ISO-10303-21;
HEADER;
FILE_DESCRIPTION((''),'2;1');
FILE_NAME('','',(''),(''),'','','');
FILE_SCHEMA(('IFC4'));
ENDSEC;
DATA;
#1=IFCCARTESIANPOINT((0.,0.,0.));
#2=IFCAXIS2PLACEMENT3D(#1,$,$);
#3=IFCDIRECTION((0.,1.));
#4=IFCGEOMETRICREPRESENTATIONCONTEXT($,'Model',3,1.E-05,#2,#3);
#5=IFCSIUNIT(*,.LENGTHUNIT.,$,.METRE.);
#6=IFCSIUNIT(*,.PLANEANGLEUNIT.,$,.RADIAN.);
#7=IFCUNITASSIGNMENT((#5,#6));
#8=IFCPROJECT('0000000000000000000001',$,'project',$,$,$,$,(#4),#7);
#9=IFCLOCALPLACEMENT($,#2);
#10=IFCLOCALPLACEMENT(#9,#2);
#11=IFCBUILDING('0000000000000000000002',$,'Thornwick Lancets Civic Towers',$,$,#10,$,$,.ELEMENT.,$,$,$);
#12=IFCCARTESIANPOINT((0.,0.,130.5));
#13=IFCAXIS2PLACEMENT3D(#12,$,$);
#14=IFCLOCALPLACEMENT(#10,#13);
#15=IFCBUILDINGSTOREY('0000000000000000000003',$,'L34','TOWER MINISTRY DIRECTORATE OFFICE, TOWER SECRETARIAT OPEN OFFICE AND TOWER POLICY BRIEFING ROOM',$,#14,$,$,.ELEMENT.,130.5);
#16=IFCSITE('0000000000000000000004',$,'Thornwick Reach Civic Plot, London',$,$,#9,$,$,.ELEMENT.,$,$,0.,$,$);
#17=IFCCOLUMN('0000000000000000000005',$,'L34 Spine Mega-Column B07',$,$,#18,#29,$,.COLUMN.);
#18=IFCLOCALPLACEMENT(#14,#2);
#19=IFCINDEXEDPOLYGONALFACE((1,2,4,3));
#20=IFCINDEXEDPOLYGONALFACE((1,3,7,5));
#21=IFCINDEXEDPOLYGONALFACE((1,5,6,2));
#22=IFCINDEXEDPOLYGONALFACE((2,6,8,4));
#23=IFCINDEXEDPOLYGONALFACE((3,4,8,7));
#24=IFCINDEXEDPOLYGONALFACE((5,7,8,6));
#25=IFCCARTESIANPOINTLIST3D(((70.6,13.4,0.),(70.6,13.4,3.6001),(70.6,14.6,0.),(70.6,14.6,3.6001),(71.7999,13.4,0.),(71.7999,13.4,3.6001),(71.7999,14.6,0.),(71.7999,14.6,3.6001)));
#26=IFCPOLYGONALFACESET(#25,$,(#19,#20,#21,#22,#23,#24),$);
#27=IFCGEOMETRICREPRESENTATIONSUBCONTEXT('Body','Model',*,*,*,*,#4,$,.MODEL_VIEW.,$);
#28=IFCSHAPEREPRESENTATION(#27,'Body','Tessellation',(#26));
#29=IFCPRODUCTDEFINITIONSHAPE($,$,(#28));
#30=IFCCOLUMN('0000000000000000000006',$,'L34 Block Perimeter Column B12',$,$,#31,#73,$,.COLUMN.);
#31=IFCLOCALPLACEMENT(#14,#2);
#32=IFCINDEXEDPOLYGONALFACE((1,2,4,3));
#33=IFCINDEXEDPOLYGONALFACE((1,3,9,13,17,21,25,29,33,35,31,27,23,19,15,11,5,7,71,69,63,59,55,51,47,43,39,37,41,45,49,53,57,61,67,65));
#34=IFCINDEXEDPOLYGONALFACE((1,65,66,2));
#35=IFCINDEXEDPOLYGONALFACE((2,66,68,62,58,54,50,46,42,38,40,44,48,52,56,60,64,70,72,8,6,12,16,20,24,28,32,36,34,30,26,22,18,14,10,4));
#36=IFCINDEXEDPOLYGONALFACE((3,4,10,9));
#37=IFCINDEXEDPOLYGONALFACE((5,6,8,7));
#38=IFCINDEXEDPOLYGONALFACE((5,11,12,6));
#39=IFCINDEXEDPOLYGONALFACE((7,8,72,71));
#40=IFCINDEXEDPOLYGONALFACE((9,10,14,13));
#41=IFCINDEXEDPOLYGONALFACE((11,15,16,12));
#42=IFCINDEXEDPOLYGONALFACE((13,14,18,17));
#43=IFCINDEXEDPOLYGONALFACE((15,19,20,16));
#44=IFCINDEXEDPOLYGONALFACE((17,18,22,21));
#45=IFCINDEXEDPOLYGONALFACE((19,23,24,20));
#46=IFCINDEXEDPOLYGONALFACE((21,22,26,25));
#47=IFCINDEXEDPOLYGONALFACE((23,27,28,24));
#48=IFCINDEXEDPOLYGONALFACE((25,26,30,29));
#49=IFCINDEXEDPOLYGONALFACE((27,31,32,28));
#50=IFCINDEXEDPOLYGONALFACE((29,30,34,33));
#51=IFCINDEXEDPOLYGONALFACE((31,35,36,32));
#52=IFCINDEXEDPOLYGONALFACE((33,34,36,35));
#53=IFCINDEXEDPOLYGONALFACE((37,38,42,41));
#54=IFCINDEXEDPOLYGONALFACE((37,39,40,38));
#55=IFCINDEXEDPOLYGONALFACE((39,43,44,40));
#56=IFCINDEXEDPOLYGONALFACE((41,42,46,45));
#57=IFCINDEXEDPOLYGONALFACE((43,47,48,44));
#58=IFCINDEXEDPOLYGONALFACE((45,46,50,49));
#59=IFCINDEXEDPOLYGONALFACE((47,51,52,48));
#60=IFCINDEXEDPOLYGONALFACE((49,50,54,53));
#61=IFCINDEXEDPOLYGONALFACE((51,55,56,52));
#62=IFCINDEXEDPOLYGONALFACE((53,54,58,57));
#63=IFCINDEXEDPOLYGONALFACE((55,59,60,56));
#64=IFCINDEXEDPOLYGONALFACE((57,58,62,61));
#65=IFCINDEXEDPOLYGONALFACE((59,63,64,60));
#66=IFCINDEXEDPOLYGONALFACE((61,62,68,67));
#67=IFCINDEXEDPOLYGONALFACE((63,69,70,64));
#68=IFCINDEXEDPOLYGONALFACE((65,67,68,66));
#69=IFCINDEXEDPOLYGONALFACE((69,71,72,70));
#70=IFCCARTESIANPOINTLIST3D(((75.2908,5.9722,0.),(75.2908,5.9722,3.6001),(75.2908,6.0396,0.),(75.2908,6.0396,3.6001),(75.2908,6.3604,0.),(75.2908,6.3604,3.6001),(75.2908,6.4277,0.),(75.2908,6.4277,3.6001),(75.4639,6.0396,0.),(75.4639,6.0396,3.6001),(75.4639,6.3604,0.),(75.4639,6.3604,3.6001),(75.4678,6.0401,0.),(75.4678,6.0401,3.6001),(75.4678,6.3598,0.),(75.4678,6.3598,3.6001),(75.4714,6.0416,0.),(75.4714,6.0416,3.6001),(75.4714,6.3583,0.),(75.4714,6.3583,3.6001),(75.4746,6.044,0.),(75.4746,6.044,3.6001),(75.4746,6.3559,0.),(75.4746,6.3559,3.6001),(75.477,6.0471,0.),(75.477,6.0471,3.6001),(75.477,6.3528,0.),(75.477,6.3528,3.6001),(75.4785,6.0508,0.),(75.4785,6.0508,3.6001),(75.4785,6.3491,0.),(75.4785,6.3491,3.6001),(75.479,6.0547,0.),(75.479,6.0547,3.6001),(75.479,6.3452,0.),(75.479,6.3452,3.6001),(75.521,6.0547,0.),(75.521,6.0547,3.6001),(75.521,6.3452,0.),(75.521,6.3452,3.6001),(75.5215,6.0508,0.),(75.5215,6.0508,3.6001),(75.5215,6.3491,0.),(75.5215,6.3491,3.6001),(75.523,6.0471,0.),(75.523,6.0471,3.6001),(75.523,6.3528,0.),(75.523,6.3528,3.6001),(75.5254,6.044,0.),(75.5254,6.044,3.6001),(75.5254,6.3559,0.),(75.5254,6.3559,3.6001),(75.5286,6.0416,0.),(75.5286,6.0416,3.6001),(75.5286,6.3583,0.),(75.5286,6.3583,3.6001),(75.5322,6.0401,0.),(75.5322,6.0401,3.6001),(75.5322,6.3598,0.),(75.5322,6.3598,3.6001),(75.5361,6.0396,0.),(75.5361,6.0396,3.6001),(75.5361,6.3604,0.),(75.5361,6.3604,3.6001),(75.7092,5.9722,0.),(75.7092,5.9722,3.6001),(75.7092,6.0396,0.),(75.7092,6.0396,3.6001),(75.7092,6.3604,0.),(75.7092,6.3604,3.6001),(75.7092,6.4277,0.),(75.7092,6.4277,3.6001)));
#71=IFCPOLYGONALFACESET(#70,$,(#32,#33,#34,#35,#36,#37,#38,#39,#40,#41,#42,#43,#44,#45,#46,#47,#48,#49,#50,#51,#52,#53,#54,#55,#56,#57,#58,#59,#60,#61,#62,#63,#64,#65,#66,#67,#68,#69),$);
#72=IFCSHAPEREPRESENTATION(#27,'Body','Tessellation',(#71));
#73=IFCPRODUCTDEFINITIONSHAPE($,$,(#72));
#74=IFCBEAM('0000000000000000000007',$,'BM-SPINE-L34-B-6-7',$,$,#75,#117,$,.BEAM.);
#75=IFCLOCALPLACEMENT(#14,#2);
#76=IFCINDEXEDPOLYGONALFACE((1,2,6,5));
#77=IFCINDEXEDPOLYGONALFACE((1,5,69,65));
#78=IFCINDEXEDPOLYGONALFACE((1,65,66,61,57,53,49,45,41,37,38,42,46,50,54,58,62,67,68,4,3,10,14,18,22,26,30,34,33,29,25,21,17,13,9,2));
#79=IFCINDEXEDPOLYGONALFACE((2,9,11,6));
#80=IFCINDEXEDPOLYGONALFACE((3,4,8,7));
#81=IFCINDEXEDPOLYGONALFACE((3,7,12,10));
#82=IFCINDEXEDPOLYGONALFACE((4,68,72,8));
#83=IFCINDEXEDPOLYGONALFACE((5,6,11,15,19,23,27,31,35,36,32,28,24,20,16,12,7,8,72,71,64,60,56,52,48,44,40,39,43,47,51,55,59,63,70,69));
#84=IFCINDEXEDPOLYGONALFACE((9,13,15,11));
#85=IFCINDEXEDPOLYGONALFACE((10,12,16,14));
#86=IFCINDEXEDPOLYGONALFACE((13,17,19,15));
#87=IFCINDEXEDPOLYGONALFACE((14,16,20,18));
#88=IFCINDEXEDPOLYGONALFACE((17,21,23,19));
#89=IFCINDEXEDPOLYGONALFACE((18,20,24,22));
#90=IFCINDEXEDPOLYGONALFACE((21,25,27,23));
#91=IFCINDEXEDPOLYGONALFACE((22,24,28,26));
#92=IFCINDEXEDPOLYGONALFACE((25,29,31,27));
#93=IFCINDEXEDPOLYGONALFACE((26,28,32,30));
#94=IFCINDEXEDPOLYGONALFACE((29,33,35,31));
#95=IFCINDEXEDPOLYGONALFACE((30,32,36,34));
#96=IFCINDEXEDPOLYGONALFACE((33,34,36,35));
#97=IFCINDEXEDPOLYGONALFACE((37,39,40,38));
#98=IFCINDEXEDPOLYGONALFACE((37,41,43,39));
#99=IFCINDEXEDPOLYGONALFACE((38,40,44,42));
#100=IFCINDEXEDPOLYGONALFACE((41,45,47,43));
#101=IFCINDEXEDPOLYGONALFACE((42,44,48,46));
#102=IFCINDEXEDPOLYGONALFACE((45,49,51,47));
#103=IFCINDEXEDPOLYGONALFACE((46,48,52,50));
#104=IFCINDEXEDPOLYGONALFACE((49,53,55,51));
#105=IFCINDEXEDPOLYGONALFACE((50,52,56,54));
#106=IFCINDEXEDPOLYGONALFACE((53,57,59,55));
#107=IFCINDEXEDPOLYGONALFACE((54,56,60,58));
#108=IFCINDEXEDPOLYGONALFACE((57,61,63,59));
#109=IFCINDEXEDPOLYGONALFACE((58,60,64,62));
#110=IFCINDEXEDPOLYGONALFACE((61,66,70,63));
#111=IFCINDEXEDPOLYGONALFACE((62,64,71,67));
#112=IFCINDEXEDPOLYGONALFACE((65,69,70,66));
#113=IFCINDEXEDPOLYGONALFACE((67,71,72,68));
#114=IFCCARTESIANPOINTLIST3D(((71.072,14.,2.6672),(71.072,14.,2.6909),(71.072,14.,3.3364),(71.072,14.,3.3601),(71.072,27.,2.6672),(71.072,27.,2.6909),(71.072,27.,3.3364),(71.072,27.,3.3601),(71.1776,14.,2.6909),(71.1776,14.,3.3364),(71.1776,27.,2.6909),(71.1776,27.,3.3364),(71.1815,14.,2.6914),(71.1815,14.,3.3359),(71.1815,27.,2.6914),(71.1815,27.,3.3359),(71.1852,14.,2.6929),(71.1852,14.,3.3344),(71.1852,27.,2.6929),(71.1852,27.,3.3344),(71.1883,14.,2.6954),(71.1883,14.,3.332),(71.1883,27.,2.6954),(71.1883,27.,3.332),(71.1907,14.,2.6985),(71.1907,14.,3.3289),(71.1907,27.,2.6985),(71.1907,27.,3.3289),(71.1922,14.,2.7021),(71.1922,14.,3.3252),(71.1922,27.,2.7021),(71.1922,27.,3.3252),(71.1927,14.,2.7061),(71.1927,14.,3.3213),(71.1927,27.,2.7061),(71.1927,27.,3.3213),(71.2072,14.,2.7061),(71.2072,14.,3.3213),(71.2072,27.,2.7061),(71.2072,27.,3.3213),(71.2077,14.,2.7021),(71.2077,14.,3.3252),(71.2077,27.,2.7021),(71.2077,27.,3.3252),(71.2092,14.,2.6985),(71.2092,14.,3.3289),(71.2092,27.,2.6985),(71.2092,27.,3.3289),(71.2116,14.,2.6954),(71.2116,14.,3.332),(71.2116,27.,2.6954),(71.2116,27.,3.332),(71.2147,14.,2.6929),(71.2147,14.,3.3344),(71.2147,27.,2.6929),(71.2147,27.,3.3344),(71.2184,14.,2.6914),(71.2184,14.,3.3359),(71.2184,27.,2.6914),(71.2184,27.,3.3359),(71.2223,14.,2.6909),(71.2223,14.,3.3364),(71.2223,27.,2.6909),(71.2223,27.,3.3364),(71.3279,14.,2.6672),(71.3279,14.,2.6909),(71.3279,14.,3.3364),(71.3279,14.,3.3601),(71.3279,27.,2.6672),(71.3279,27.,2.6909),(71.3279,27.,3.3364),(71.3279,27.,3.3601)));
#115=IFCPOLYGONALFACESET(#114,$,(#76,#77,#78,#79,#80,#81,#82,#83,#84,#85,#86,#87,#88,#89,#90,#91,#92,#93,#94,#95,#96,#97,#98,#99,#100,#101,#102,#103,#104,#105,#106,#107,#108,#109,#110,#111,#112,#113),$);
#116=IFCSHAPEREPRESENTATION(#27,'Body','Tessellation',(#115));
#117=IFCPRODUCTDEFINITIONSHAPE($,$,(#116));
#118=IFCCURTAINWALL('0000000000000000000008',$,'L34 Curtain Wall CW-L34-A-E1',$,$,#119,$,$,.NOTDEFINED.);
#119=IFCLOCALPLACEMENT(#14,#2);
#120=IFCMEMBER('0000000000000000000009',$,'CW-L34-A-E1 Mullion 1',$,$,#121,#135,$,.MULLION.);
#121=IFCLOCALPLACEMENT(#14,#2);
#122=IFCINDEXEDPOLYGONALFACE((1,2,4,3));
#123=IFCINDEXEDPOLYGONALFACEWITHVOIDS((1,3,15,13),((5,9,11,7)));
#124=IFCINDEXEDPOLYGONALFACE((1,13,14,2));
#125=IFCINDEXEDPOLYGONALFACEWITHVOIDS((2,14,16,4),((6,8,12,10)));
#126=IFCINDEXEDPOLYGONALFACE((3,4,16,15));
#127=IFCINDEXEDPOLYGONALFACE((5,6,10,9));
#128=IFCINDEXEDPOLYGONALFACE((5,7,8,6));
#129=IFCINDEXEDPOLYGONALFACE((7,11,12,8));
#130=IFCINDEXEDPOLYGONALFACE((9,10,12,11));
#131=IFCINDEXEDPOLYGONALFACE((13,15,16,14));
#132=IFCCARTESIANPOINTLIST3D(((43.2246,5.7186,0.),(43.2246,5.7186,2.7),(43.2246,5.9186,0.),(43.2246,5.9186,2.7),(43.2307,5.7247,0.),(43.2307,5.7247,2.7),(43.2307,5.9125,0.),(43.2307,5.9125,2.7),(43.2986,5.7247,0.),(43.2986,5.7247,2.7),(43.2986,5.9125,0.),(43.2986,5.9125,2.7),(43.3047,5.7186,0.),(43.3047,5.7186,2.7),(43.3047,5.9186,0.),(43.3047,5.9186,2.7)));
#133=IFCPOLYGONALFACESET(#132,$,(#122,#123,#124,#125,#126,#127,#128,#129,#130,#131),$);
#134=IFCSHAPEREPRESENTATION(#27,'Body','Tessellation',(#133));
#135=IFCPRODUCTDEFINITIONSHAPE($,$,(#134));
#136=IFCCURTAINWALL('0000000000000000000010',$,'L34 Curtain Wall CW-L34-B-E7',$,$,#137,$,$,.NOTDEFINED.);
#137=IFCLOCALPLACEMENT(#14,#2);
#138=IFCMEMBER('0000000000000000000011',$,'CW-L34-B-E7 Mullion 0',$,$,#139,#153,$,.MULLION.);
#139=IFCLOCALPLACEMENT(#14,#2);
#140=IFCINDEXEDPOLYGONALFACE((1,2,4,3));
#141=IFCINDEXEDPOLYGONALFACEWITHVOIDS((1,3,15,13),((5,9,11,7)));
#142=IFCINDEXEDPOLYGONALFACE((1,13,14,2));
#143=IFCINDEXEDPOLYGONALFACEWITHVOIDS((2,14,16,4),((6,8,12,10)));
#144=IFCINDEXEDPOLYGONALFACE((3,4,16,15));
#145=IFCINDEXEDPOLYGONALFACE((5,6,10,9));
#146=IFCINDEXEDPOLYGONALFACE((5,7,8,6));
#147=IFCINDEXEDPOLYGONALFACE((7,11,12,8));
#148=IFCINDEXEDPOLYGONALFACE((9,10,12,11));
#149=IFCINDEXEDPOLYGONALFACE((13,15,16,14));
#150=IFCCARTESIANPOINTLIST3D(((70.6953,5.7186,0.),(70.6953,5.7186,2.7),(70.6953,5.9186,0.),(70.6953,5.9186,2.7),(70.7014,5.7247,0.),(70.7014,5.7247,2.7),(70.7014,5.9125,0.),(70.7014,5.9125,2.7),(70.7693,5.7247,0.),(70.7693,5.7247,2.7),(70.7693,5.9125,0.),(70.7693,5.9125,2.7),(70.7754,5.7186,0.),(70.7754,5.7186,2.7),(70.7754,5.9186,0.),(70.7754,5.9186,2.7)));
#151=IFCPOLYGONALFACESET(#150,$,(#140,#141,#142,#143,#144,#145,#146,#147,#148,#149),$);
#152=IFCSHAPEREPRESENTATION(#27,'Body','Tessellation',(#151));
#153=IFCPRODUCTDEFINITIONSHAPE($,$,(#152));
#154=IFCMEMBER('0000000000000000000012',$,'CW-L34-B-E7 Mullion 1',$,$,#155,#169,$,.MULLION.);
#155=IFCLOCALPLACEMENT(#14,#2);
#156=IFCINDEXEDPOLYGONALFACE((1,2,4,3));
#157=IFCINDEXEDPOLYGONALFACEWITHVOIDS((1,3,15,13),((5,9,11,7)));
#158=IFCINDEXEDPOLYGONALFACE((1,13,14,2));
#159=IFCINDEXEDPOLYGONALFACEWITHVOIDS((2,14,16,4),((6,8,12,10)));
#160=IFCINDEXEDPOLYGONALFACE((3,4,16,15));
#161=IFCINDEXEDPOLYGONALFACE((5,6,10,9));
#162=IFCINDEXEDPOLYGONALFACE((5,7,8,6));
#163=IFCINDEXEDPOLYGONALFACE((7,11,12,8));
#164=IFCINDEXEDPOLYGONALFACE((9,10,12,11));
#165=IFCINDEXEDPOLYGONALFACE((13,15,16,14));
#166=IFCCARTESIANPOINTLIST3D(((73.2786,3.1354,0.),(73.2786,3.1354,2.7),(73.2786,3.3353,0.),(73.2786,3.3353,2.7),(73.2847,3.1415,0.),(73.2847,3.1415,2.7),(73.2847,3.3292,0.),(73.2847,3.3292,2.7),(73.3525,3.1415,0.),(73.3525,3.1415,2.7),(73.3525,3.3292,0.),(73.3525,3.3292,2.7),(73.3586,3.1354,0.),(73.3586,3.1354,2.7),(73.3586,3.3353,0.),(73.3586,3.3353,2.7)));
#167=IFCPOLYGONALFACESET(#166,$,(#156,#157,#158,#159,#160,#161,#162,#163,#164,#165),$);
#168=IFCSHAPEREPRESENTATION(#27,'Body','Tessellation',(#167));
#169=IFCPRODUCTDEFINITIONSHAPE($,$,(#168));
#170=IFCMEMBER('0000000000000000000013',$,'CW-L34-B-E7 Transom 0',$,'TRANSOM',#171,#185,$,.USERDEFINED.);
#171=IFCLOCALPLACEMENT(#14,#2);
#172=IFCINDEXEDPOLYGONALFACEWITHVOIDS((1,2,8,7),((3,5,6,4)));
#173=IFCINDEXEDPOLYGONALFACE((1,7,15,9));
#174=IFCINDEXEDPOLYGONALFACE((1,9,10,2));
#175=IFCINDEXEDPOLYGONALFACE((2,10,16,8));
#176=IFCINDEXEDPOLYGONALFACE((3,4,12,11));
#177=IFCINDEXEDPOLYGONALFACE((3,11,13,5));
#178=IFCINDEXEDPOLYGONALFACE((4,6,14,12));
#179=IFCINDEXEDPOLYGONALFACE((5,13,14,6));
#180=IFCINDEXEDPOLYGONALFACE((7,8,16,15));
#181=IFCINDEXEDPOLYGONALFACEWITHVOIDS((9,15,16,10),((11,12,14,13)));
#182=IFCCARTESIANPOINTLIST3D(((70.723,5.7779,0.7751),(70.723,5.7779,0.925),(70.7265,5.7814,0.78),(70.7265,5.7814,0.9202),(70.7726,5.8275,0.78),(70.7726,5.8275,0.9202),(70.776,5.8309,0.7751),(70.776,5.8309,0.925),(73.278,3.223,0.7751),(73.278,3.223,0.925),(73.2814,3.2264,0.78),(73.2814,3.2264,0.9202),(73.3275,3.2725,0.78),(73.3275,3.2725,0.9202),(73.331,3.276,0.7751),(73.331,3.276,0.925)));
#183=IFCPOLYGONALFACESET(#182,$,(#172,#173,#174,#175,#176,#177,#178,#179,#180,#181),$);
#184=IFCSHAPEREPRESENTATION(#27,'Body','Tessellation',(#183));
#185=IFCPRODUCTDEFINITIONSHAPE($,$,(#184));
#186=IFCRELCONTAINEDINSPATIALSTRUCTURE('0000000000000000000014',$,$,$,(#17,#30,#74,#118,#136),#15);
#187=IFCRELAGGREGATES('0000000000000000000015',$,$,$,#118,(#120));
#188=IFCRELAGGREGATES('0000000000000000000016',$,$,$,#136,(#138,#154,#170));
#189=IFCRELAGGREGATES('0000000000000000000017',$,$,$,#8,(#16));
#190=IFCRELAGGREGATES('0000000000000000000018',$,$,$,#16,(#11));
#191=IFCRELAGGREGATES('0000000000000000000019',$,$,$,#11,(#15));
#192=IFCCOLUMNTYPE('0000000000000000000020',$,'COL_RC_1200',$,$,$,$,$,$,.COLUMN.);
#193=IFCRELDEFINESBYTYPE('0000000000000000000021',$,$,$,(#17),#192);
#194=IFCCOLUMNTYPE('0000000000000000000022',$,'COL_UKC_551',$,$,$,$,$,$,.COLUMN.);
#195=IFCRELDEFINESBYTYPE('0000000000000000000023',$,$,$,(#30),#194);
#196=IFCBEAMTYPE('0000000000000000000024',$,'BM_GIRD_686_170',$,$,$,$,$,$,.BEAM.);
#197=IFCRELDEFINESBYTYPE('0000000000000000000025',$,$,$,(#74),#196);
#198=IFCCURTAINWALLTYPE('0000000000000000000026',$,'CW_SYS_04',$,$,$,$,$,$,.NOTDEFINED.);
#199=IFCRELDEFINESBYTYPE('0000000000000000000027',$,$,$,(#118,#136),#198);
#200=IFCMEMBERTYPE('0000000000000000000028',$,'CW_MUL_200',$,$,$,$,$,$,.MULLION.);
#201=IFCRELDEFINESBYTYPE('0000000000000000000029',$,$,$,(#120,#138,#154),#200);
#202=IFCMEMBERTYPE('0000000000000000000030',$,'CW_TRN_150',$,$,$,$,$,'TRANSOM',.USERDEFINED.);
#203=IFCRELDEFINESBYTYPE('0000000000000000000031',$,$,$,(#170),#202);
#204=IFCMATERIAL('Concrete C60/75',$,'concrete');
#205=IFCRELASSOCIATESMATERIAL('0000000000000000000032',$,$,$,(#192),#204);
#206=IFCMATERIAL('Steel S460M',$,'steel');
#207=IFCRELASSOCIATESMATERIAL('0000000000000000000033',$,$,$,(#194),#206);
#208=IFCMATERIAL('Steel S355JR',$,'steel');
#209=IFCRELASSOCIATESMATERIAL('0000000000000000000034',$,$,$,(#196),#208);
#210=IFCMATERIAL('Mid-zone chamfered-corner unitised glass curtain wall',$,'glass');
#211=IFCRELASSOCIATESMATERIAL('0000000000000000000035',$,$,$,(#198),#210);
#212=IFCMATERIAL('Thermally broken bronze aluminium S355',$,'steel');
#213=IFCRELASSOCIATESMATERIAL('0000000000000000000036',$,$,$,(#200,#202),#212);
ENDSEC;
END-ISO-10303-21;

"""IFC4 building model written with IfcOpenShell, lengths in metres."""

from ifc_helpers import new_model, si_unit, direction, frame, origin, origin_2d, place, context, subcontext, project, spatial, rectangle, hollow_rectangle, i_section, extrude, material, material_profile, profile_set, type_object, element, aggregate, save


model = new_model("IFC4")

# Units and contexts
model_context = context("Model", 3, precision=1e-05, world=origin(), true_north=direction((0.0, 1.0)))
body_context = subcontext(model_context, "Body", "Model", "MODEL_VIEW")
ifc_project = project(units=[si_unit("LENGTHUNIT", "METRE"), si_unit("PLANEANGLEUNIT", "RADIAN")], contexts=[model_context])

# Site, building, storey
site_placement = place(None, origin())
site = spatial("IfcSite", under=ifc_project, at=site_placement, Name="Thornwick Reach Civic Plot, London", CompositionType="ELEMENT", RefElevation=0.0)
building_placement = place(site_placement, origin())
building = spatial("IfcBuilding", under=site, at=building_placement, Name="Thornwick Lancets Civic Towers", CompositionType="ELEMENT")
storey_placement = place(building_placement, frame((0.0, 0.0, 130.5)))
storey = spatial("IfcBuildingStorey", under=building, at=storey_placement, Name="L34", Description="TOWER MINISTRY DIRECTORATE OFFICE, TOWER SECRETARIAT OPEN OFFICE AND TOWER POLICY BRIEFING ROOM", CompositionType="ELEMENT", Elevation=130.5)

# Columns
ifc_material_1 = material(Name="Concrete C60/75", Category="concrete")
ifc_material_profile_1 = material_profile(ifc_material_1, rectangle(XDim=1.2, YDim=1.2, at=origin_2d()), Name="RC 1200x1200")
ifc_profile_set_1 = profile_set([ifc_material_profile_1], Name="Concrete C60/75")
column_type_1 = type_object("IfcColumnType", Name="COL_RC_1200", PredefinedType="COLUMN", material=ifc_profile_set_1)
column_1_placement = place(storey_placement, frame((71.2, 14.0, 0.0), z_axis=(0.0, 0.0, 1.0), x_axis=(1.0, 0.0, 0.0)))
element("IfcColumn", 1, at=column_1_placement, inside=storey, type_object=column_type_1, Name="L34 Spine Mega-Column B07", PredefinedType="COLUMN", context=body_context, shape_type="SweptSolid", body=[
    extrude(rectangle(XDim=1.2, YDim=1.2, at=origin_2d()), origin(), (0.0, 0.0, 1.0), 3.6001),
])
ifc_material_2 = material(Name="Steel S460M", Category="steel")
ifc_material_profile_2 = material_profile(ifc_material_2, i_section(OverallWidth=0.4185, OverallDepth=0.4556, WebThickness=0.042, FlangeThickness=0.0674, FilletRadius=0.0151, at=origin_2d()), Name="UKC 356x406x551")
ifc_profile_set_2 = profile_set([ifc_material_profile_2], Name="Steel S460M")
column_type_2 = type_object("IfcColumnType", Name="COL_UKC_551", PredefinedType="COLUMN", material=ifc_profile_set_2)
column_2_placement = place(storey_placement, frame((75.5, 6.2, 0.0), z_axis=(0.0, 0.0, 1.0), x_axis=(1.0, 0.0, 0.0)))
element("IfcColumn", 2, at=column_2_placement, inside=storey, type_object=column_type_2, Name="L34 Block Perimeter Column B12", PredefinedType="COLUMN", context=body_context, shape_type="SweptSolid", body=[
    extrude(i_section(OverallWidth=0.4185, OverallDepth=0.4556, WebThickness=0.042, FlangeThickness=0.0674, FilletRadius=0.0151, at=origin_2d()), origin(), (0.0, 0.0, 1.0), 3.6001),
])

# Beam
ifc_material_3 = material(Name="Steel S355JR", Category="steel")
ifc_material_profile_3 = material_profile(ifc_material_3, i_section(OverallWidth=0.2559, OverallDepth=0.6929, WebThickness=0.0144, FlangeThickness=0.0237, FilletRadius=0.0151, at=origin_2d()), Name="UKB 686x254x170")
ifc_profile_set_3 = profile_set([ifc_material_profile_3], Name="Steel S355JR")
beam_type = type_object("IfcBeamType", Name="BM_GIRD_686_170", PredefinedType="BEAM", material=ifc_profile_set_3)
beam_placement = place(storey_placement, frame((71.2, 14.0, 3.0137), z_axis=(0.0, 1.0, 0.0), x_axis=(-1.0, 0.0, 0.0)))
element("IfcBeam", 3, at=beam_placement, inside=storey, type_object=beam_type, Name="BM-SPINE-L34-B-6-7", PredefinedType="BEAM", context=body_context, shape_type="SweptSolid", body=[
    extrude(i_section(OverallWidth=0.2559, OverallDepth=0.6929, WebThickness=0.0144, FlangeThickness=0.0237, FilletRadius=0.0151, at=origin_2d()), origin(), (0.0, 0.0, 1.0), 13.0),
])

# Curtain wall, member
ifc_material_4 = material(Name="Mid-zone chamfered-corner unitised glass curtain wall", Category="glass")
curtain_wall_type = type_object("IfcCurtainWallType", Name="CW_SYS_04", PredefinedType="NOTDEFINED", material=ifc_material_4)
curtain_wall_1_placement = place(storey_placement, origin())
curtain_wall_1 = element("IfcCurtainWall", 4, at=curtain_wall_1_placement, inside=storey, type_object=curtain_wall_type, Name="L34 Curtain Wall CW-L34-A-E1", PredefinedType="NOTDEFINED")
ifc_material_5 = material(Name="Thermally broken bronze aluminium S355", Category="steel")
ifc_material_profile_4 = material_profile(ifc_material_5, hollow_rectangle(XDim=0.0801, YDim=0.2, WallThickness=0.0061, at=origin_2d()), Name="RHS 200x80x6")
ifc_profile_set_4 = profile_set([ifc_material_profile_4], Name="Thermally broken bronze aluminium S355")
member_type_1 = type_object("IfcMemberType", Name="CW_MUL_200", PredefinedType="MULLION", material=ifc_profile_set_4)
member_1_placement = place(storey_placement, frame((43.2646, 5.8186, 0.0), z_axis=(0.0, 0.0, 1.0), x_axis=(1.0, 0.0, 0.0)))
member_1 = element("IfcMember", 5, at=member_1_placement, type_object=member_type_1, Name="CW-L34-A-E1 Mullion 1", PredefinedType="MULLION", context=body_context, shape_type="SweptSolid", body=[
    extrude(hollow_rectangle(XDim=0.0801, YDim=0.2, WallThickness=0.0061, at=origin_2d()), origin(), (0.0, 0.0, 1.0), 2.7),
])
aggregate(curtain_wall_1, [member_1])

# Curtain wall, members
curtain_wall_2_placement = place(storey_placement, origin())
curtain_wall_2 = element("IfcCurtainWall", 6, at=curtain_wall_2_placement, inside=storey, type_object=curtain_wall_type, Name="L34 Curtain Wall CW-L34-B-E7", PredefinedType="NOTDEFINED")
member_2_placement = place(storey_placement, frame((70.7354, 5.8186, 0.0), z_axis=(0.0, 0.0, 1.0), x_axis=(1.0, 0.0, 0.0)))
member_2 = element("IfcMember", 7, at=member_2_placement, type_object=member_type_1, Name="CW-L34-B-E7 Mullion 0", PredefinedType="MULLION", context=body_context, shape_type="SweptSolid", body=[
    extrude(hollow_rectangle(XDim=0.0801, YDim=0.2, WallThickness=0.0061, at=origin_2d()), origin(), (0.0, 0.0, 1.0), 2.7),
])
member_3_placement = place(storey_placement, frame((73.3186, 3.2354, 0.0), z_axis=(0.0, 0.0, 1.0), x_axis=(1.0, 0.0, 0.0)))
member_3 = element("IfcMember", 8, at=member_3_placement, type_object=member_type_1, Name="CW-L34-B-E7 Mullion 1", PredefinedType="MULLION", context=body_context, shape_type="SweptSolid", body=[
    extrude(hollow_rectangle(XDim=0.0801, YDim=0.2, WallThickness=0.0061, at=origin_2d()), origin(), (0.0, 0.0, 1.0), 2.7),
])
ifc_material_profile_5 = material_profile(ifc_material_5, hollow_rectangle(XDim=0.075, YDim=0.1499, WallThickness=0.0049, at=origin_2d()), Name="RHS 150x75x5")
ifc_profile_set_5 = profile_set([ifc_material_profile_5], Name="Thermally broken bronze aluminium S355")
member_type_2 = type_object("IfcMemberType", Name="CW_TRN_150", ElementType="TRANSOM", PredefinedType="USERDEFINED", material=ifc_profile_set_5)
member_4_placement = place(storey_placement, frame((70.7495, 5.8044, 0.8501), z_axis=(0.707107, -0.707107, 0.0), x_axis=(0.707107, 0.707107, 0.0)))
member_4 = element("IfcMember", 9, at=member_4_placement, type_object=member_type_2, Name="CW-L34-B-E7 Transom 0", ObjectType="TRANSOM", PredefinedType="USERDEFINED", context=body_context, shape_type="SweptSolid", body=[
    extrude(hollow_rectangle(XDim=0.075, YDim=0.1499, WallThickness=0.0049, at=origin_2d()), origin(), (0.0, 0.0, 1.0), 3.6133),
])
aggregate(curtain_wall_2, [member_2, member_3, member_4])

save(model, "model.ifc")
